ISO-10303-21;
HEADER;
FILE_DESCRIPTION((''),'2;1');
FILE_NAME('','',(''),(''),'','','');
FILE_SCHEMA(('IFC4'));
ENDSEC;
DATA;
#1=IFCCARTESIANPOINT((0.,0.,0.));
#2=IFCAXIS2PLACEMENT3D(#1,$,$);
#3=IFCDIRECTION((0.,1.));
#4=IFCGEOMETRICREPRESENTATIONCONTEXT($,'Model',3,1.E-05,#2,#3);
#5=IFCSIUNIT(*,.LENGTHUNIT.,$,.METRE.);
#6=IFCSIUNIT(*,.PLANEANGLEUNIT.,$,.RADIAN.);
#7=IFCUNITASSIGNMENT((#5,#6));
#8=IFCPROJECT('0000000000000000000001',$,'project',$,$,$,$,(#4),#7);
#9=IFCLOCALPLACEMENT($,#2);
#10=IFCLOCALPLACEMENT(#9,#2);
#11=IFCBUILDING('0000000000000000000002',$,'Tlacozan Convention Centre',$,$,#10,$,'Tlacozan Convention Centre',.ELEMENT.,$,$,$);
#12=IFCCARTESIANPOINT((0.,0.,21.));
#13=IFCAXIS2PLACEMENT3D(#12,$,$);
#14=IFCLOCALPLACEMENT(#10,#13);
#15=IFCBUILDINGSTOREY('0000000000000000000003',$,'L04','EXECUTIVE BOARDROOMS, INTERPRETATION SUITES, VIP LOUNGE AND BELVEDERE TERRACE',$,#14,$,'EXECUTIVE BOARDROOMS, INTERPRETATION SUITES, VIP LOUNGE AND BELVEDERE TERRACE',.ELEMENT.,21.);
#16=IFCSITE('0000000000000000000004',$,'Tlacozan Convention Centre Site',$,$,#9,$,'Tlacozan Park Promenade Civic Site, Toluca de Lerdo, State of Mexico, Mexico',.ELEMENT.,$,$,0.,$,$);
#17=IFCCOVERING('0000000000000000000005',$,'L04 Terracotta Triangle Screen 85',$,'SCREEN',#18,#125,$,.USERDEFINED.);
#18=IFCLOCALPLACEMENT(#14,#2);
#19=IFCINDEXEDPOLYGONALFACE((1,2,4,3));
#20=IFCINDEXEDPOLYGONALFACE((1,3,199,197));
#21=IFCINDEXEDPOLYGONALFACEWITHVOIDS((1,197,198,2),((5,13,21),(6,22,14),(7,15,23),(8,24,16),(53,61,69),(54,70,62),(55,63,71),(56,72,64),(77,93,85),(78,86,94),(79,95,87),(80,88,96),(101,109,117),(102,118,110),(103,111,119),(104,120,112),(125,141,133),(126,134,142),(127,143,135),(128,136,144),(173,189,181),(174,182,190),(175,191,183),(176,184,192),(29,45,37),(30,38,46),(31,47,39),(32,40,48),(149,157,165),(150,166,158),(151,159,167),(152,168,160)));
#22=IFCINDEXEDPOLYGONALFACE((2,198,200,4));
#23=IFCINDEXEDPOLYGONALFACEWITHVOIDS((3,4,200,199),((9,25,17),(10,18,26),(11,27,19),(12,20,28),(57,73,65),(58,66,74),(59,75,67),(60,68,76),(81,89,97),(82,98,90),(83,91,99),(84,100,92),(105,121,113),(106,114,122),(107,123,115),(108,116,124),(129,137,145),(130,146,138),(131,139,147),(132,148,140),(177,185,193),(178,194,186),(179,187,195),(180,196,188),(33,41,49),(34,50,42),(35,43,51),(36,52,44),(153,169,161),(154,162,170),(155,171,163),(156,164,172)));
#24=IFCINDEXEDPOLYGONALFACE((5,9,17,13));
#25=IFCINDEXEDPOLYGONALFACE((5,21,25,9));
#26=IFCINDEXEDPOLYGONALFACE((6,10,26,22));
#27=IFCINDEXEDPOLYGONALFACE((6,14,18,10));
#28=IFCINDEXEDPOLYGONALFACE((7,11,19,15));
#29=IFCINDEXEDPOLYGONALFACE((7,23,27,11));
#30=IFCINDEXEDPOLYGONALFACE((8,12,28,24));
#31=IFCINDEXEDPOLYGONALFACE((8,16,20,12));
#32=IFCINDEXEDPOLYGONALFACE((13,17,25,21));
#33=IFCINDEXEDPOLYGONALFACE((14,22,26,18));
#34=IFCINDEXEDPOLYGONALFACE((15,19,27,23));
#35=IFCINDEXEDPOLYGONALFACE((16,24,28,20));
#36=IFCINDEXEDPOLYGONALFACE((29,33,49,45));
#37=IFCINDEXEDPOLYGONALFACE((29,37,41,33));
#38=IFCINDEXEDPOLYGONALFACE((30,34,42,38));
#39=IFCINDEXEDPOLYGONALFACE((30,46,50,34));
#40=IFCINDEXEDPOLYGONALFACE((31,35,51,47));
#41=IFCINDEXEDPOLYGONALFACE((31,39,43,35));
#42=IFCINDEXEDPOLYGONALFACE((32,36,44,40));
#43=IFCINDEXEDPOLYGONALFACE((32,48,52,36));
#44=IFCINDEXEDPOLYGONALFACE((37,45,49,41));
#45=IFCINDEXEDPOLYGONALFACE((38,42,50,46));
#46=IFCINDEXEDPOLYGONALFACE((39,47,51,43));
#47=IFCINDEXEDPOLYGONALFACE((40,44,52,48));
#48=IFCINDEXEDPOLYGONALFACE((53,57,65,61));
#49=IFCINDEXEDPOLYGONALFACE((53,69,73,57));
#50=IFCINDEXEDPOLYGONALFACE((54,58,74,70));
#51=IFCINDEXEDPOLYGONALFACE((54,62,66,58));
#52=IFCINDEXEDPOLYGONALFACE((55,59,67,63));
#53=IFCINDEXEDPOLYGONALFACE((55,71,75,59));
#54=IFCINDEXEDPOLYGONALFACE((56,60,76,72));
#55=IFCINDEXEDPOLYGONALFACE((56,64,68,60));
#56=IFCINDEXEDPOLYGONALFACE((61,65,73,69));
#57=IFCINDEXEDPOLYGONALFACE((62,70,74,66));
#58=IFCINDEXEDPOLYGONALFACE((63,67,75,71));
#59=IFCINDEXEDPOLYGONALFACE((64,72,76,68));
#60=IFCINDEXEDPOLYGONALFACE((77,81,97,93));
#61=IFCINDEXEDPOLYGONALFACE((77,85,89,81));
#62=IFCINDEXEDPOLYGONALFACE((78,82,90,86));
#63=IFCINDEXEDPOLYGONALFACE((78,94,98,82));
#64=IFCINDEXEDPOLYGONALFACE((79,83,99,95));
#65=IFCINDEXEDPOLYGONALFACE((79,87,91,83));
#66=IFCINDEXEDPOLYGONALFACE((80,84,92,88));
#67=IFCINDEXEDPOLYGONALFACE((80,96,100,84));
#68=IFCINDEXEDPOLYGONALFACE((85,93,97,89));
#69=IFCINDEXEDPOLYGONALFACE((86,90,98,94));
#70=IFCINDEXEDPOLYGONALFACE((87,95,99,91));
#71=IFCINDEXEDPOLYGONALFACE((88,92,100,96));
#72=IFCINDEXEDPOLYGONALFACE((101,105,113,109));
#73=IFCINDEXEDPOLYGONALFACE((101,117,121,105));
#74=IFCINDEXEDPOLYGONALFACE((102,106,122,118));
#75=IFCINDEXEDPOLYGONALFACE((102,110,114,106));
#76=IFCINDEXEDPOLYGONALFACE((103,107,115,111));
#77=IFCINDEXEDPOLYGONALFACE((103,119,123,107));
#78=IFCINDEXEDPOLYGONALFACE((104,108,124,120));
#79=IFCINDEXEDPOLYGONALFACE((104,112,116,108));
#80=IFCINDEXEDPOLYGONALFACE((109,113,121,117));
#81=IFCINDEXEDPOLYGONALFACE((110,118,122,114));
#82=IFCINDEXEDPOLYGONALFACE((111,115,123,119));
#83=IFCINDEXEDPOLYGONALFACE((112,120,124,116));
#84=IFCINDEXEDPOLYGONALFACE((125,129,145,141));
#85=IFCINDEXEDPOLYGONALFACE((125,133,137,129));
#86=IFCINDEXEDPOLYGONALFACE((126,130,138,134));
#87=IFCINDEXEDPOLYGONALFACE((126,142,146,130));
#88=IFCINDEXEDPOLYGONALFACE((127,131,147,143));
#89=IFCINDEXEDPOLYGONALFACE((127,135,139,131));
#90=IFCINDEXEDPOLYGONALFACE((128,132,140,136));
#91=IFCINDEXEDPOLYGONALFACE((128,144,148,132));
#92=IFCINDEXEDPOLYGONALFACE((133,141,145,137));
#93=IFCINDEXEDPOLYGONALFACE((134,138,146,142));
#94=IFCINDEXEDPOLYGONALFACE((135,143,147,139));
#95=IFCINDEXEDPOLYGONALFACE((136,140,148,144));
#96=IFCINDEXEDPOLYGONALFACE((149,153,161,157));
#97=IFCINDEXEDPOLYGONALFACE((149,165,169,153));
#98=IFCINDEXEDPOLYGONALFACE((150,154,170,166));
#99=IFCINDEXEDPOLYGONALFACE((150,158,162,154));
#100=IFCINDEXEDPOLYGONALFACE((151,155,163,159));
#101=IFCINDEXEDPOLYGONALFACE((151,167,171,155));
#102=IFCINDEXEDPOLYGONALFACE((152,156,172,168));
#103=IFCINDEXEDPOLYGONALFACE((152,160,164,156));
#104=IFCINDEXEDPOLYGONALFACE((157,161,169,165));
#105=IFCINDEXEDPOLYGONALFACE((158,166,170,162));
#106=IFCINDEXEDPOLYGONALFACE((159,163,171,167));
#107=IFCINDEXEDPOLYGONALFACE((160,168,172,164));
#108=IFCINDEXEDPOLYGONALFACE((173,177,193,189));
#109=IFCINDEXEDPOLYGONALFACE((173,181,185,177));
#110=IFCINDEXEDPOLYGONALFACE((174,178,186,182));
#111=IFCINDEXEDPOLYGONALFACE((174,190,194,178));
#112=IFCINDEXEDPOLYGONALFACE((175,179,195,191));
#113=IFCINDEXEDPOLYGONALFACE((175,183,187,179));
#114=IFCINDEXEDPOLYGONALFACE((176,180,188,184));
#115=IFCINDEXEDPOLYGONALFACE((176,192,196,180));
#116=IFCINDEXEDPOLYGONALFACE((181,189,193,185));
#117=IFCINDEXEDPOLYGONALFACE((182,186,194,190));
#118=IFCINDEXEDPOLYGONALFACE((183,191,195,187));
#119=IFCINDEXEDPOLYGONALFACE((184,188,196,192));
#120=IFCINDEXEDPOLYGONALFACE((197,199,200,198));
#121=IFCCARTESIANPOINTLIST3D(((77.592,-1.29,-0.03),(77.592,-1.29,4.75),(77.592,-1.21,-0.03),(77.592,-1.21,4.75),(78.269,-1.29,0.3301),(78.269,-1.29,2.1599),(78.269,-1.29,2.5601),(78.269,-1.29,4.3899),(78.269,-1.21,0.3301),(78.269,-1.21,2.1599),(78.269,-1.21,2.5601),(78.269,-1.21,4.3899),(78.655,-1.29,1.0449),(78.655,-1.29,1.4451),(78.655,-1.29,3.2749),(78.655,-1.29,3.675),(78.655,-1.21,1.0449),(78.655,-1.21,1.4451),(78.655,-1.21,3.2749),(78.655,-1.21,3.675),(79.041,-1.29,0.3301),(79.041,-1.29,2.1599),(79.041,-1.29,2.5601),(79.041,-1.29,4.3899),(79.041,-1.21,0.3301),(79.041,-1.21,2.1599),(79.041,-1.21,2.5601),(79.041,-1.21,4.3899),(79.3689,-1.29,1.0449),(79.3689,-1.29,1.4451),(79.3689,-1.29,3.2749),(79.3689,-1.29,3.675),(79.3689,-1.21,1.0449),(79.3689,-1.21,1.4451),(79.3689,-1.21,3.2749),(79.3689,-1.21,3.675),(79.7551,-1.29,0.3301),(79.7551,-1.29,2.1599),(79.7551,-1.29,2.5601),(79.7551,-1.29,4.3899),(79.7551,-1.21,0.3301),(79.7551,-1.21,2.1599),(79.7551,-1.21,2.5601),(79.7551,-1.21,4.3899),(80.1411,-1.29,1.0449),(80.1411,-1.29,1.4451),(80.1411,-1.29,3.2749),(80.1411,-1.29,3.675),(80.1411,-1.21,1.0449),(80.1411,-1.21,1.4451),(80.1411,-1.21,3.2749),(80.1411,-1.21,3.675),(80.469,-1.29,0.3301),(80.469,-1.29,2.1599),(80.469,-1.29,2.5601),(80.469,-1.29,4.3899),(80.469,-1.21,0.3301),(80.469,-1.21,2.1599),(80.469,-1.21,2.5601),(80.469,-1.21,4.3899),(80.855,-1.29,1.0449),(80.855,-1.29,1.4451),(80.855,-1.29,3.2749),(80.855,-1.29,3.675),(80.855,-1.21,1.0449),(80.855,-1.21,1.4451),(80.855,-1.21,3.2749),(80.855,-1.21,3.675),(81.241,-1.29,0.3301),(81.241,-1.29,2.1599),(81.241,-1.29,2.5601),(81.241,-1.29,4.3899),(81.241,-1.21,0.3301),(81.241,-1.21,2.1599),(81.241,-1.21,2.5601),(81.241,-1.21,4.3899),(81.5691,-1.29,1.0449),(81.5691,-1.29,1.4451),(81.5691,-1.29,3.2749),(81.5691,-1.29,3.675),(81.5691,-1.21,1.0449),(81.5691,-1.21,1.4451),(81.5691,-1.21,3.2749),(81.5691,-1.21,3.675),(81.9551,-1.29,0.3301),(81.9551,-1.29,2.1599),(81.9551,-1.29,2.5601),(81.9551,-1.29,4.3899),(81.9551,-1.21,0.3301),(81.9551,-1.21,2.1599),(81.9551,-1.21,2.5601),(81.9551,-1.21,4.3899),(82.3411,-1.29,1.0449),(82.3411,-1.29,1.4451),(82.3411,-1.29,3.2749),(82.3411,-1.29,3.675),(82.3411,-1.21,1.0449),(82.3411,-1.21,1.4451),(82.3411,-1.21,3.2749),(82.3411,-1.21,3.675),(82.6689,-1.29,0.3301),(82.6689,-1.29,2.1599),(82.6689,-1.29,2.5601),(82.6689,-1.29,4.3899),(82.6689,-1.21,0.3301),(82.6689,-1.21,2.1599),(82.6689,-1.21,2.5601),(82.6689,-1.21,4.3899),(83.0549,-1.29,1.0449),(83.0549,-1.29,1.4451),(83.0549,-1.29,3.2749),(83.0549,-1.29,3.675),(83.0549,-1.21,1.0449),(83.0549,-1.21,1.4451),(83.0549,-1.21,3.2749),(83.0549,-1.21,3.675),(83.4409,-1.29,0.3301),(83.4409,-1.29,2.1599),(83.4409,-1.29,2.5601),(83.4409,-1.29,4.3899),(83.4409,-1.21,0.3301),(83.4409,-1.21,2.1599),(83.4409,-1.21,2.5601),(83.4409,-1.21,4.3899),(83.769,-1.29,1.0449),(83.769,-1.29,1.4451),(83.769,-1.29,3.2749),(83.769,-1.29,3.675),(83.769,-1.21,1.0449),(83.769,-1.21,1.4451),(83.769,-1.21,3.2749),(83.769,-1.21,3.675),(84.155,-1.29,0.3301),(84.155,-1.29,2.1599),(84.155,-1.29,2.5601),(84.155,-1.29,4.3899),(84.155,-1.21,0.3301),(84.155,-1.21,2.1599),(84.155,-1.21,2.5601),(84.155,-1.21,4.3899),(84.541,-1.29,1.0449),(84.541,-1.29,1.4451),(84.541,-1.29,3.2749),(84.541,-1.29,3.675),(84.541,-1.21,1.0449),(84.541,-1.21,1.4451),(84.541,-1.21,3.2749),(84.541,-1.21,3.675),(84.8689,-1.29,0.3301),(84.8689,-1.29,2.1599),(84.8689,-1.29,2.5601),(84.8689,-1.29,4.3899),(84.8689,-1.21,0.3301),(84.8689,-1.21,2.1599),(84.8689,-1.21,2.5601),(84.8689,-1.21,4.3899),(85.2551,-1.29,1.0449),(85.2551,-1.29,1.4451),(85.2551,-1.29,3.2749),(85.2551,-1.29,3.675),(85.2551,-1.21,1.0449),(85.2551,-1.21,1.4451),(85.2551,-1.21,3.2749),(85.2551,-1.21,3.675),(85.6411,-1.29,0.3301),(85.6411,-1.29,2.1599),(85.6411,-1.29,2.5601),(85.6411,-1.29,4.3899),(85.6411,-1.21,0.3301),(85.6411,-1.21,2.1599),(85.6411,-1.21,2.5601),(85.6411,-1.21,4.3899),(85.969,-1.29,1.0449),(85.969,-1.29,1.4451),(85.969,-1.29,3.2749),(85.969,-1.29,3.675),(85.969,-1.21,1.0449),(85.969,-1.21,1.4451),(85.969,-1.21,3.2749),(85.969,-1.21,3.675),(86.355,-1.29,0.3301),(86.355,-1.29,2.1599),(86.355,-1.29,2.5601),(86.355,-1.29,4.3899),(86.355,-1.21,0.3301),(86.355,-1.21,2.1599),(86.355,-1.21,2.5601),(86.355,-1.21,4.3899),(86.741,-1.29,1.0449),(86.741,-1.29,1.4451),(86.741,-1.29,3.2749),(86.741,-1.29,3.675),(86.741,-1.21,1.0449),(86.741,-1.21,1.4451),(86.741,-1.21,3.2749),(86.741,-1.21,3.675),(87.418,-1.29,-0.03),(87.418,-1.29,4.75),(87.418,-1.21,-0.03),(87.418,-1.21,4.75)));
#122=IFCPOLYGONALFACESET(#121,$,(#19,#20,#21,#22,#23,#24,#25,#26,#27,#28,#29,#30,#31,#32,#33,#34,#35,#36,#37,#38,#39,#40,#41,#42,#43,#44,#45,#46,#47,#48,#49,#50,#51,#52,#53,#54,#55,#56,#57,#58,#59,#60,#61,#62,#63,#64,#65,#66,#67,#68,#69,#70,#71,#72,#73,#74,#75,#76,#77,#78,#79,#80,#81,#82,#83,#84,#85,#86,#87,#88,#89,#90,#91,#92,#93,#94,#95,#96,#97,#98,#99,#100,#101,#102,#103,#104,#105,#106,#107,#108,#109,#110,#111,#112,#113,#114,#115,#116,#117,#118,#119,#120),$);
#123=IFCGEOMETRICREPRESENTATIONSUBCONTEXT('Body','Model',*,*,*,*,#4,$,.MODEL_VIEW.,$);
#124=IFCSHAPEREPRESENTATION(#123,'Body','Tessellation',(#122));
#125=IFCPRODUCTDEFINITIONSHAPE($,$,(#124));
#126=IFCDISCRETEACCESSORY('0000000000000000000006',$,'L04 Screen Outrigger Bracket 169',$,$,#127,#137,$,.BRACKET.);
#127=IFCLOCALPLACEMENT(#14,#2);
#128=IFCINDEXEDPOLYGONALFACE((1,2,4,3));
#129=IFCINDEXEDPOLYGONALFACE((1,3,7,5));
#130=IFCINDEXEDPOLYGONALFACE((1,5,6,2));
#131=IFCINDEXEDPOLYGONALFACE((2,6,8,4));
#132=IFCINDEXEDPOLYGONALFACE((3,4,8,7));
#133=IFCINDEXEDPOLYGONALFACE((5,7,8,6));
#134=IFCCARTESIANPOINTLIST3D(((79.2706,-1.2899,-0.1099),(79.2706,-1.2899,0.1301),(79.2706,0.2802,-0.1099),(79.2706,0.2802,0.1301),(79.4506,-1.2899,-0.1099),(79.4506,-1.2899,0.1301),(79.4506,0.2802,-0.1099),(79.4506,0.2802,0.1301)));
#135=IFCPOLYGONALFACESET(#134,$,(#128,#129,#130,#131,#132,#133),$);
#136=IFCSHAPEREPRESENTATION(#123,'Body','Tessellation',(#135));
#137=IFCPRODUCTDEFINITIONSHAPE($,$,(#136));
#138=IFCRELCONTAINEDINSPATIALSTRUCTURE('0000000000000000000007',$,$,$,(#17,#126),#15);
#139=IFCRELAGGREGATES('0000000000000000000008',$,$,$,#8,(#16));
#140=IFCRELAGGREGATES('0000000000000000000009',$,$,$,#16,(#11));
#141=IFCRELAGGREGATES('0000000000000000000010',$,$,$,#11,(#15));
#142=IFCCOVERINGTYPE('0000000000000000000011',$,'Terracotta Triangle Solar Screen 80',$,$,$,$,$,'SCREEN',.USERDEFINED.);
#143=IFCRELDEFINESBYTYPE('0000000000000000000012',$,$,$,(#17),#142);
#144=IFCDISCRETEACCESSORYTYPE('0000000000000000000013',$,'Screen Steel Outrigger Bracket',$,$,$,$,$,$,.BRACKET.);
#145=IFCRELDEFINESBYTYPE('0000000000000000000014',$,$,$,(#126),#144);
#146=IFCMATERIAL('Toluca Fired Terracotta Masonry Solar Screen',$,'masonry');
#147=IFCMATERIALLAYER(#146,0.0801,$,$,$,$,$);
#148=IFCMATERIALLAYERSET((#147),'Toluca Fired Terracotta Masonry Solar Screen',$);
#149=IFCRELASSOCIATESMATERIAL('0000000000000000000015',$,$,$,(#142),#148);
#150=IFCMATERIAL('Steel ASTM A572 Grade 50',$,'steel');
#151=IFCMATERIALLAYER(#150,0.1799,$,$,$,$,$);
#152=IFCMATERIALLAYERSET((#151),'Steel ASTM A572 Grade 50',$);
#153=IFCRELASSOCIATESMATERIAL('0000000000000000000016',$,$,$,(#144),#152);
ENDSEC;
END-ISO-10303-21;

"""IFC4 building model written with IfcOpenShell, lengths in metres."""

from ifc_helpers import new_model, si_unit, direction, frame, origin, origin_2d, place, context, subcontext, project, spatial, polyline, rectangle, outline, extrude, material, layer, layer_set, type_object, element, save


model = new_model("IFC4")

# Units and contexts
model_context = context("Model", 3, precision=1e-05, world=origin(), true_north=direction((0.0, 1.0)))
body_context = subcontext(model_context, "Body", "Model", "MODEL_VIEW")
ifc_project = project(units=[si_unit("LENGTHUNIT", "METRE"), si_unit("PLANEANGLEUNIT", "RADIAN")], contexts=[model_context])

# Site, building, storey
site_placement = place(None, origin())
site = spatial("IfcSite", under=ifc_project, at=site_placement, Name="Tlacozan Convention Centre Site", LongName="Tlacozan Park Promenade Civic Site, Toluca de Lerdo, State of Mexico, Mexico", CompositionType="ELEMENT", RefElevation=0.0)
building_placement = place(site_placement, origin())
building = spatial("IfcBuilding", under=site, at=building_placement, Name="Tlacozan Convention Centre", LongName="Tlacozan Convention Centre", CompositionType="ELEMENT")
storey_placement = place(building_placement, frame((0.0, 0.0, 21.0)))
storey = spatial("IfcBuildingStorey", under=building, at=storey_placement, Name="L04", Description="EXECUTIVE BOARDROOMS, INTERPRETATION SUITES, VIP LOUNGE AND BELVEDERE TERRACE", LongName="EXECUTIVE BOARDROOMS, INTERPRETATION SUITES, VIP LOUNGE AND BELVEDERE TERRACE", CompositionType="ELEMENT", Elevation=21.0)

# Covering
ifc_material_1 = material(Name="Toluca Fired Terracotta Masonry Solar Screen", Category="masonry")
ifc_layer_1 = layer(ifc_material_1, 0.0801)
ifc_layer_set_1 = layer_set([ifc_layer_1], Name="Toluca Fired Terracotta Masonry Solar Screen")
covering_type = type_object("IfcCoveringType", Name="Terracotta Triangle Solar Screen 80", ElementType="SCREEN", PredefinedType="USERDEFINED", material=ifc_layer_set_1)
covering_placement = place(storey_placement, frame((77.592, -1.25, -0.03), z_axis=(0.0, 0.0, 1.0), x_axis=(1.0, 0.0, 0.0)))
element("IfcCovering", 1, at=covering_placement, inside=storey, type_object=covering_type, Name="L04 Terracotta Triangle Screen 85", ObjectType="SCREEN", PredefinedType="USERDEFINED", context=body_context, shape_type="SweptSolid", body=[
    extrude(outline(polyline([(0.0, 0.0), (9.8259, 0.0), (9.8259, 4.78), (0.0, 4.78), (0.0, 0.0)]), holes=[polyline([(0.677, 0.3601), (1.449, 0.3601), (1.063, 1.075), (0.677, 0.3601)]), polyline([(1.7769, 1.075), (2.5491, 1.075), (2.1631, 0.3601), (1.7769, 1.075)]), polyline([(2.877, 0.3601), (3.6489, 0.3601), (3.2629, 1.075), (2.877, 0.3601)]), polyline([(3.9771, 1.075), (4.749, 1.075), (4.363, 0.3601), (3.9771, 1.075)]), polyline([(5.0769, 0.3601), (5.8489, 0.3601), (5.4629, 1.075), (5.0769, 0.3601)]), polyline([(6.177, 1.075), (6.949, 1.075), (6.563, 0.3601), (6.177, 1.075)]), polyline([(7.2769, 0.3601), (8.0491, 0.3601), (7.6631, 1.075), (7.2769, 0.3601)]), polyline([(8.377, 1.075), (9.1489, 1.075), (8.7629, 0.3601), (8.377, 1.075)]), polyline([(0.677, 2.1899), (1.449, 2.1899), (1.063, 1.4751), (0.677, 2.1899)]), polyline([(1.7769, 1.4751), (2.5491, 1.4751), (2.1631, 2.1899), (1.7769, 1.4751)]), polyline([(2.877, 2.1899), (3.6489, 2.1899), (3.2629, 1.4751), (2.877, 2.1899)]), polyline([(3.9771, 1.4751), (4.749, 1.4751), (4.363, 2.1899), (3.9771, 1.4751)]), polyline([(5.0769, 2.1899), (5.8489, 2.1899), (5.4629, 1.4751), (5.0769, 2.1899)]), polyline([(6.177, 1.4751), (6.949, 1.4751), (6.563, 2.1899), (6.177, 1.4751)]), polyline([(7.2769, 2.1899), (8.0491, 2.1899), (7.6631, 1.4751), (7.2769, 2.1899)]), polyline([(8.377, 1.4751), (9.1489, 1.4751), (8.7629, 2.1899), (8.377, 1.4751)]), polyline([(0.677, 2.5901), (1.449, 2.5901), (1.063, 3.3049), (0.677, 2.5901)]), polyline([(1.7769, 3.3049), (2.5491, 3.3049), (2.1631, 2.5901), (1.7769, 3.3049)]), polyline([(2.877, 2.5901), (3.6489, 2.5901), (3.2629, 3.3049), (2.877, 2.5901)]), polyline([(3.9771, 3.3049), (4.749, 3.3049), (4.363, 2.5901), (3.9771, 3.3049)]), polyline([(5.0769, 2.5901), (5.8489, 2.5901), (5.4629, 3.3049), (5.0769, 2.5901)]), polyline([(6.177, 3.3049), (6.949, 3.3049), (6.563, 2.5901), (6.177, 3.3049)]), polyline([(7.2769, 2.5901), (8.0491, 2.5901), (7.6631, 3.3049), (7.2769, 2.5901)]), polyline([(8.377, 3.3049), (9.1489, 3.3049), (8.7629, 2.5901), (8.377, 3.3049)]), polyline([(0.677, 4.4199), (1.449, 4.4199), (1.063, 3.7051), (0.677, 4.4199)]), polyline([(1.7769, 3.7051), (2.5491, 3.7051), (2.1631, 4.4199), (1.7769, 3.7051)]), polyline([(2.877, 4.4199), (3.6489, 4.4199), (3.2629, 3.7051), (2.877, 4.4199)]), polyline([(3.9771, 3.7051), (4.749, 3.7051), (4.363, 4.4199), (3.9771, 3.7051)]), polyline([(5.0769, 4.4199), (5.8489, 4.4199), (5.4629, 3.7051), (5.0769, 4.4199)]), polyline([(6.177, 3.7051), (6.949, 3.7051), (6.563, 4.4199), (6.177, 3.7051)]), polyline([(7.2769, 4.4199), (8.0491, 4.4199), (7.6631, 3.7051), (7.2769, 4.4199)]), polyline([(8.377, 3.7051), (9.1489, 3.7051), (8.7629, 4.4199), (8.377, 3.7051)])]), frame((0.0, 0.04, 0.0), z_axis=(0.0, -1.0, 0.0), x_axis=(1.0, 0.0, 0.0)), (0.0, 0.0, 1.0), 0.0801),
])

# Discrete accessory
ifc_material_2 = material(Name="Steel ASTM A572 Grade 50", Category="steel")
ifc_layer_2 = layer(ifc_material_2, 0.1799)
ifc_layer_set_2 = layer_set([ifc_layer_2], Name="Steel ASTM A572 Grade 50")
discrete_accessory_type = type_object("IfcDiscreteAccessoryType", Name="Screen Steel Outrigger Bracket", PredefinedType="BRACKET", material=ifc_layer_set_2)
discrete_accessory_placement = place(storey_placement, frame((79.3606, -0.5049, -0.1099), z_axis=(0.0, 0.0, 1.0), x_axis=(0.0, 1.0, 0.0)))
element("IfcDiscreteAccessory", 2, at=discrete_accessory_placement, inside=storey, type_object=discrete_accessory_type, Name="L04 Screen Outrigger Bracket 169", PredefinedType="BRACKET", context=body_context, shape_type="SweptSolid", body=[
    extrude(rectangle(XDim=1.5701, YDim=0.1799, at=origin_2d()), origin(), (0.0, 0.0, 1.0), 0.24),
])

save(model, "model.ifc")
